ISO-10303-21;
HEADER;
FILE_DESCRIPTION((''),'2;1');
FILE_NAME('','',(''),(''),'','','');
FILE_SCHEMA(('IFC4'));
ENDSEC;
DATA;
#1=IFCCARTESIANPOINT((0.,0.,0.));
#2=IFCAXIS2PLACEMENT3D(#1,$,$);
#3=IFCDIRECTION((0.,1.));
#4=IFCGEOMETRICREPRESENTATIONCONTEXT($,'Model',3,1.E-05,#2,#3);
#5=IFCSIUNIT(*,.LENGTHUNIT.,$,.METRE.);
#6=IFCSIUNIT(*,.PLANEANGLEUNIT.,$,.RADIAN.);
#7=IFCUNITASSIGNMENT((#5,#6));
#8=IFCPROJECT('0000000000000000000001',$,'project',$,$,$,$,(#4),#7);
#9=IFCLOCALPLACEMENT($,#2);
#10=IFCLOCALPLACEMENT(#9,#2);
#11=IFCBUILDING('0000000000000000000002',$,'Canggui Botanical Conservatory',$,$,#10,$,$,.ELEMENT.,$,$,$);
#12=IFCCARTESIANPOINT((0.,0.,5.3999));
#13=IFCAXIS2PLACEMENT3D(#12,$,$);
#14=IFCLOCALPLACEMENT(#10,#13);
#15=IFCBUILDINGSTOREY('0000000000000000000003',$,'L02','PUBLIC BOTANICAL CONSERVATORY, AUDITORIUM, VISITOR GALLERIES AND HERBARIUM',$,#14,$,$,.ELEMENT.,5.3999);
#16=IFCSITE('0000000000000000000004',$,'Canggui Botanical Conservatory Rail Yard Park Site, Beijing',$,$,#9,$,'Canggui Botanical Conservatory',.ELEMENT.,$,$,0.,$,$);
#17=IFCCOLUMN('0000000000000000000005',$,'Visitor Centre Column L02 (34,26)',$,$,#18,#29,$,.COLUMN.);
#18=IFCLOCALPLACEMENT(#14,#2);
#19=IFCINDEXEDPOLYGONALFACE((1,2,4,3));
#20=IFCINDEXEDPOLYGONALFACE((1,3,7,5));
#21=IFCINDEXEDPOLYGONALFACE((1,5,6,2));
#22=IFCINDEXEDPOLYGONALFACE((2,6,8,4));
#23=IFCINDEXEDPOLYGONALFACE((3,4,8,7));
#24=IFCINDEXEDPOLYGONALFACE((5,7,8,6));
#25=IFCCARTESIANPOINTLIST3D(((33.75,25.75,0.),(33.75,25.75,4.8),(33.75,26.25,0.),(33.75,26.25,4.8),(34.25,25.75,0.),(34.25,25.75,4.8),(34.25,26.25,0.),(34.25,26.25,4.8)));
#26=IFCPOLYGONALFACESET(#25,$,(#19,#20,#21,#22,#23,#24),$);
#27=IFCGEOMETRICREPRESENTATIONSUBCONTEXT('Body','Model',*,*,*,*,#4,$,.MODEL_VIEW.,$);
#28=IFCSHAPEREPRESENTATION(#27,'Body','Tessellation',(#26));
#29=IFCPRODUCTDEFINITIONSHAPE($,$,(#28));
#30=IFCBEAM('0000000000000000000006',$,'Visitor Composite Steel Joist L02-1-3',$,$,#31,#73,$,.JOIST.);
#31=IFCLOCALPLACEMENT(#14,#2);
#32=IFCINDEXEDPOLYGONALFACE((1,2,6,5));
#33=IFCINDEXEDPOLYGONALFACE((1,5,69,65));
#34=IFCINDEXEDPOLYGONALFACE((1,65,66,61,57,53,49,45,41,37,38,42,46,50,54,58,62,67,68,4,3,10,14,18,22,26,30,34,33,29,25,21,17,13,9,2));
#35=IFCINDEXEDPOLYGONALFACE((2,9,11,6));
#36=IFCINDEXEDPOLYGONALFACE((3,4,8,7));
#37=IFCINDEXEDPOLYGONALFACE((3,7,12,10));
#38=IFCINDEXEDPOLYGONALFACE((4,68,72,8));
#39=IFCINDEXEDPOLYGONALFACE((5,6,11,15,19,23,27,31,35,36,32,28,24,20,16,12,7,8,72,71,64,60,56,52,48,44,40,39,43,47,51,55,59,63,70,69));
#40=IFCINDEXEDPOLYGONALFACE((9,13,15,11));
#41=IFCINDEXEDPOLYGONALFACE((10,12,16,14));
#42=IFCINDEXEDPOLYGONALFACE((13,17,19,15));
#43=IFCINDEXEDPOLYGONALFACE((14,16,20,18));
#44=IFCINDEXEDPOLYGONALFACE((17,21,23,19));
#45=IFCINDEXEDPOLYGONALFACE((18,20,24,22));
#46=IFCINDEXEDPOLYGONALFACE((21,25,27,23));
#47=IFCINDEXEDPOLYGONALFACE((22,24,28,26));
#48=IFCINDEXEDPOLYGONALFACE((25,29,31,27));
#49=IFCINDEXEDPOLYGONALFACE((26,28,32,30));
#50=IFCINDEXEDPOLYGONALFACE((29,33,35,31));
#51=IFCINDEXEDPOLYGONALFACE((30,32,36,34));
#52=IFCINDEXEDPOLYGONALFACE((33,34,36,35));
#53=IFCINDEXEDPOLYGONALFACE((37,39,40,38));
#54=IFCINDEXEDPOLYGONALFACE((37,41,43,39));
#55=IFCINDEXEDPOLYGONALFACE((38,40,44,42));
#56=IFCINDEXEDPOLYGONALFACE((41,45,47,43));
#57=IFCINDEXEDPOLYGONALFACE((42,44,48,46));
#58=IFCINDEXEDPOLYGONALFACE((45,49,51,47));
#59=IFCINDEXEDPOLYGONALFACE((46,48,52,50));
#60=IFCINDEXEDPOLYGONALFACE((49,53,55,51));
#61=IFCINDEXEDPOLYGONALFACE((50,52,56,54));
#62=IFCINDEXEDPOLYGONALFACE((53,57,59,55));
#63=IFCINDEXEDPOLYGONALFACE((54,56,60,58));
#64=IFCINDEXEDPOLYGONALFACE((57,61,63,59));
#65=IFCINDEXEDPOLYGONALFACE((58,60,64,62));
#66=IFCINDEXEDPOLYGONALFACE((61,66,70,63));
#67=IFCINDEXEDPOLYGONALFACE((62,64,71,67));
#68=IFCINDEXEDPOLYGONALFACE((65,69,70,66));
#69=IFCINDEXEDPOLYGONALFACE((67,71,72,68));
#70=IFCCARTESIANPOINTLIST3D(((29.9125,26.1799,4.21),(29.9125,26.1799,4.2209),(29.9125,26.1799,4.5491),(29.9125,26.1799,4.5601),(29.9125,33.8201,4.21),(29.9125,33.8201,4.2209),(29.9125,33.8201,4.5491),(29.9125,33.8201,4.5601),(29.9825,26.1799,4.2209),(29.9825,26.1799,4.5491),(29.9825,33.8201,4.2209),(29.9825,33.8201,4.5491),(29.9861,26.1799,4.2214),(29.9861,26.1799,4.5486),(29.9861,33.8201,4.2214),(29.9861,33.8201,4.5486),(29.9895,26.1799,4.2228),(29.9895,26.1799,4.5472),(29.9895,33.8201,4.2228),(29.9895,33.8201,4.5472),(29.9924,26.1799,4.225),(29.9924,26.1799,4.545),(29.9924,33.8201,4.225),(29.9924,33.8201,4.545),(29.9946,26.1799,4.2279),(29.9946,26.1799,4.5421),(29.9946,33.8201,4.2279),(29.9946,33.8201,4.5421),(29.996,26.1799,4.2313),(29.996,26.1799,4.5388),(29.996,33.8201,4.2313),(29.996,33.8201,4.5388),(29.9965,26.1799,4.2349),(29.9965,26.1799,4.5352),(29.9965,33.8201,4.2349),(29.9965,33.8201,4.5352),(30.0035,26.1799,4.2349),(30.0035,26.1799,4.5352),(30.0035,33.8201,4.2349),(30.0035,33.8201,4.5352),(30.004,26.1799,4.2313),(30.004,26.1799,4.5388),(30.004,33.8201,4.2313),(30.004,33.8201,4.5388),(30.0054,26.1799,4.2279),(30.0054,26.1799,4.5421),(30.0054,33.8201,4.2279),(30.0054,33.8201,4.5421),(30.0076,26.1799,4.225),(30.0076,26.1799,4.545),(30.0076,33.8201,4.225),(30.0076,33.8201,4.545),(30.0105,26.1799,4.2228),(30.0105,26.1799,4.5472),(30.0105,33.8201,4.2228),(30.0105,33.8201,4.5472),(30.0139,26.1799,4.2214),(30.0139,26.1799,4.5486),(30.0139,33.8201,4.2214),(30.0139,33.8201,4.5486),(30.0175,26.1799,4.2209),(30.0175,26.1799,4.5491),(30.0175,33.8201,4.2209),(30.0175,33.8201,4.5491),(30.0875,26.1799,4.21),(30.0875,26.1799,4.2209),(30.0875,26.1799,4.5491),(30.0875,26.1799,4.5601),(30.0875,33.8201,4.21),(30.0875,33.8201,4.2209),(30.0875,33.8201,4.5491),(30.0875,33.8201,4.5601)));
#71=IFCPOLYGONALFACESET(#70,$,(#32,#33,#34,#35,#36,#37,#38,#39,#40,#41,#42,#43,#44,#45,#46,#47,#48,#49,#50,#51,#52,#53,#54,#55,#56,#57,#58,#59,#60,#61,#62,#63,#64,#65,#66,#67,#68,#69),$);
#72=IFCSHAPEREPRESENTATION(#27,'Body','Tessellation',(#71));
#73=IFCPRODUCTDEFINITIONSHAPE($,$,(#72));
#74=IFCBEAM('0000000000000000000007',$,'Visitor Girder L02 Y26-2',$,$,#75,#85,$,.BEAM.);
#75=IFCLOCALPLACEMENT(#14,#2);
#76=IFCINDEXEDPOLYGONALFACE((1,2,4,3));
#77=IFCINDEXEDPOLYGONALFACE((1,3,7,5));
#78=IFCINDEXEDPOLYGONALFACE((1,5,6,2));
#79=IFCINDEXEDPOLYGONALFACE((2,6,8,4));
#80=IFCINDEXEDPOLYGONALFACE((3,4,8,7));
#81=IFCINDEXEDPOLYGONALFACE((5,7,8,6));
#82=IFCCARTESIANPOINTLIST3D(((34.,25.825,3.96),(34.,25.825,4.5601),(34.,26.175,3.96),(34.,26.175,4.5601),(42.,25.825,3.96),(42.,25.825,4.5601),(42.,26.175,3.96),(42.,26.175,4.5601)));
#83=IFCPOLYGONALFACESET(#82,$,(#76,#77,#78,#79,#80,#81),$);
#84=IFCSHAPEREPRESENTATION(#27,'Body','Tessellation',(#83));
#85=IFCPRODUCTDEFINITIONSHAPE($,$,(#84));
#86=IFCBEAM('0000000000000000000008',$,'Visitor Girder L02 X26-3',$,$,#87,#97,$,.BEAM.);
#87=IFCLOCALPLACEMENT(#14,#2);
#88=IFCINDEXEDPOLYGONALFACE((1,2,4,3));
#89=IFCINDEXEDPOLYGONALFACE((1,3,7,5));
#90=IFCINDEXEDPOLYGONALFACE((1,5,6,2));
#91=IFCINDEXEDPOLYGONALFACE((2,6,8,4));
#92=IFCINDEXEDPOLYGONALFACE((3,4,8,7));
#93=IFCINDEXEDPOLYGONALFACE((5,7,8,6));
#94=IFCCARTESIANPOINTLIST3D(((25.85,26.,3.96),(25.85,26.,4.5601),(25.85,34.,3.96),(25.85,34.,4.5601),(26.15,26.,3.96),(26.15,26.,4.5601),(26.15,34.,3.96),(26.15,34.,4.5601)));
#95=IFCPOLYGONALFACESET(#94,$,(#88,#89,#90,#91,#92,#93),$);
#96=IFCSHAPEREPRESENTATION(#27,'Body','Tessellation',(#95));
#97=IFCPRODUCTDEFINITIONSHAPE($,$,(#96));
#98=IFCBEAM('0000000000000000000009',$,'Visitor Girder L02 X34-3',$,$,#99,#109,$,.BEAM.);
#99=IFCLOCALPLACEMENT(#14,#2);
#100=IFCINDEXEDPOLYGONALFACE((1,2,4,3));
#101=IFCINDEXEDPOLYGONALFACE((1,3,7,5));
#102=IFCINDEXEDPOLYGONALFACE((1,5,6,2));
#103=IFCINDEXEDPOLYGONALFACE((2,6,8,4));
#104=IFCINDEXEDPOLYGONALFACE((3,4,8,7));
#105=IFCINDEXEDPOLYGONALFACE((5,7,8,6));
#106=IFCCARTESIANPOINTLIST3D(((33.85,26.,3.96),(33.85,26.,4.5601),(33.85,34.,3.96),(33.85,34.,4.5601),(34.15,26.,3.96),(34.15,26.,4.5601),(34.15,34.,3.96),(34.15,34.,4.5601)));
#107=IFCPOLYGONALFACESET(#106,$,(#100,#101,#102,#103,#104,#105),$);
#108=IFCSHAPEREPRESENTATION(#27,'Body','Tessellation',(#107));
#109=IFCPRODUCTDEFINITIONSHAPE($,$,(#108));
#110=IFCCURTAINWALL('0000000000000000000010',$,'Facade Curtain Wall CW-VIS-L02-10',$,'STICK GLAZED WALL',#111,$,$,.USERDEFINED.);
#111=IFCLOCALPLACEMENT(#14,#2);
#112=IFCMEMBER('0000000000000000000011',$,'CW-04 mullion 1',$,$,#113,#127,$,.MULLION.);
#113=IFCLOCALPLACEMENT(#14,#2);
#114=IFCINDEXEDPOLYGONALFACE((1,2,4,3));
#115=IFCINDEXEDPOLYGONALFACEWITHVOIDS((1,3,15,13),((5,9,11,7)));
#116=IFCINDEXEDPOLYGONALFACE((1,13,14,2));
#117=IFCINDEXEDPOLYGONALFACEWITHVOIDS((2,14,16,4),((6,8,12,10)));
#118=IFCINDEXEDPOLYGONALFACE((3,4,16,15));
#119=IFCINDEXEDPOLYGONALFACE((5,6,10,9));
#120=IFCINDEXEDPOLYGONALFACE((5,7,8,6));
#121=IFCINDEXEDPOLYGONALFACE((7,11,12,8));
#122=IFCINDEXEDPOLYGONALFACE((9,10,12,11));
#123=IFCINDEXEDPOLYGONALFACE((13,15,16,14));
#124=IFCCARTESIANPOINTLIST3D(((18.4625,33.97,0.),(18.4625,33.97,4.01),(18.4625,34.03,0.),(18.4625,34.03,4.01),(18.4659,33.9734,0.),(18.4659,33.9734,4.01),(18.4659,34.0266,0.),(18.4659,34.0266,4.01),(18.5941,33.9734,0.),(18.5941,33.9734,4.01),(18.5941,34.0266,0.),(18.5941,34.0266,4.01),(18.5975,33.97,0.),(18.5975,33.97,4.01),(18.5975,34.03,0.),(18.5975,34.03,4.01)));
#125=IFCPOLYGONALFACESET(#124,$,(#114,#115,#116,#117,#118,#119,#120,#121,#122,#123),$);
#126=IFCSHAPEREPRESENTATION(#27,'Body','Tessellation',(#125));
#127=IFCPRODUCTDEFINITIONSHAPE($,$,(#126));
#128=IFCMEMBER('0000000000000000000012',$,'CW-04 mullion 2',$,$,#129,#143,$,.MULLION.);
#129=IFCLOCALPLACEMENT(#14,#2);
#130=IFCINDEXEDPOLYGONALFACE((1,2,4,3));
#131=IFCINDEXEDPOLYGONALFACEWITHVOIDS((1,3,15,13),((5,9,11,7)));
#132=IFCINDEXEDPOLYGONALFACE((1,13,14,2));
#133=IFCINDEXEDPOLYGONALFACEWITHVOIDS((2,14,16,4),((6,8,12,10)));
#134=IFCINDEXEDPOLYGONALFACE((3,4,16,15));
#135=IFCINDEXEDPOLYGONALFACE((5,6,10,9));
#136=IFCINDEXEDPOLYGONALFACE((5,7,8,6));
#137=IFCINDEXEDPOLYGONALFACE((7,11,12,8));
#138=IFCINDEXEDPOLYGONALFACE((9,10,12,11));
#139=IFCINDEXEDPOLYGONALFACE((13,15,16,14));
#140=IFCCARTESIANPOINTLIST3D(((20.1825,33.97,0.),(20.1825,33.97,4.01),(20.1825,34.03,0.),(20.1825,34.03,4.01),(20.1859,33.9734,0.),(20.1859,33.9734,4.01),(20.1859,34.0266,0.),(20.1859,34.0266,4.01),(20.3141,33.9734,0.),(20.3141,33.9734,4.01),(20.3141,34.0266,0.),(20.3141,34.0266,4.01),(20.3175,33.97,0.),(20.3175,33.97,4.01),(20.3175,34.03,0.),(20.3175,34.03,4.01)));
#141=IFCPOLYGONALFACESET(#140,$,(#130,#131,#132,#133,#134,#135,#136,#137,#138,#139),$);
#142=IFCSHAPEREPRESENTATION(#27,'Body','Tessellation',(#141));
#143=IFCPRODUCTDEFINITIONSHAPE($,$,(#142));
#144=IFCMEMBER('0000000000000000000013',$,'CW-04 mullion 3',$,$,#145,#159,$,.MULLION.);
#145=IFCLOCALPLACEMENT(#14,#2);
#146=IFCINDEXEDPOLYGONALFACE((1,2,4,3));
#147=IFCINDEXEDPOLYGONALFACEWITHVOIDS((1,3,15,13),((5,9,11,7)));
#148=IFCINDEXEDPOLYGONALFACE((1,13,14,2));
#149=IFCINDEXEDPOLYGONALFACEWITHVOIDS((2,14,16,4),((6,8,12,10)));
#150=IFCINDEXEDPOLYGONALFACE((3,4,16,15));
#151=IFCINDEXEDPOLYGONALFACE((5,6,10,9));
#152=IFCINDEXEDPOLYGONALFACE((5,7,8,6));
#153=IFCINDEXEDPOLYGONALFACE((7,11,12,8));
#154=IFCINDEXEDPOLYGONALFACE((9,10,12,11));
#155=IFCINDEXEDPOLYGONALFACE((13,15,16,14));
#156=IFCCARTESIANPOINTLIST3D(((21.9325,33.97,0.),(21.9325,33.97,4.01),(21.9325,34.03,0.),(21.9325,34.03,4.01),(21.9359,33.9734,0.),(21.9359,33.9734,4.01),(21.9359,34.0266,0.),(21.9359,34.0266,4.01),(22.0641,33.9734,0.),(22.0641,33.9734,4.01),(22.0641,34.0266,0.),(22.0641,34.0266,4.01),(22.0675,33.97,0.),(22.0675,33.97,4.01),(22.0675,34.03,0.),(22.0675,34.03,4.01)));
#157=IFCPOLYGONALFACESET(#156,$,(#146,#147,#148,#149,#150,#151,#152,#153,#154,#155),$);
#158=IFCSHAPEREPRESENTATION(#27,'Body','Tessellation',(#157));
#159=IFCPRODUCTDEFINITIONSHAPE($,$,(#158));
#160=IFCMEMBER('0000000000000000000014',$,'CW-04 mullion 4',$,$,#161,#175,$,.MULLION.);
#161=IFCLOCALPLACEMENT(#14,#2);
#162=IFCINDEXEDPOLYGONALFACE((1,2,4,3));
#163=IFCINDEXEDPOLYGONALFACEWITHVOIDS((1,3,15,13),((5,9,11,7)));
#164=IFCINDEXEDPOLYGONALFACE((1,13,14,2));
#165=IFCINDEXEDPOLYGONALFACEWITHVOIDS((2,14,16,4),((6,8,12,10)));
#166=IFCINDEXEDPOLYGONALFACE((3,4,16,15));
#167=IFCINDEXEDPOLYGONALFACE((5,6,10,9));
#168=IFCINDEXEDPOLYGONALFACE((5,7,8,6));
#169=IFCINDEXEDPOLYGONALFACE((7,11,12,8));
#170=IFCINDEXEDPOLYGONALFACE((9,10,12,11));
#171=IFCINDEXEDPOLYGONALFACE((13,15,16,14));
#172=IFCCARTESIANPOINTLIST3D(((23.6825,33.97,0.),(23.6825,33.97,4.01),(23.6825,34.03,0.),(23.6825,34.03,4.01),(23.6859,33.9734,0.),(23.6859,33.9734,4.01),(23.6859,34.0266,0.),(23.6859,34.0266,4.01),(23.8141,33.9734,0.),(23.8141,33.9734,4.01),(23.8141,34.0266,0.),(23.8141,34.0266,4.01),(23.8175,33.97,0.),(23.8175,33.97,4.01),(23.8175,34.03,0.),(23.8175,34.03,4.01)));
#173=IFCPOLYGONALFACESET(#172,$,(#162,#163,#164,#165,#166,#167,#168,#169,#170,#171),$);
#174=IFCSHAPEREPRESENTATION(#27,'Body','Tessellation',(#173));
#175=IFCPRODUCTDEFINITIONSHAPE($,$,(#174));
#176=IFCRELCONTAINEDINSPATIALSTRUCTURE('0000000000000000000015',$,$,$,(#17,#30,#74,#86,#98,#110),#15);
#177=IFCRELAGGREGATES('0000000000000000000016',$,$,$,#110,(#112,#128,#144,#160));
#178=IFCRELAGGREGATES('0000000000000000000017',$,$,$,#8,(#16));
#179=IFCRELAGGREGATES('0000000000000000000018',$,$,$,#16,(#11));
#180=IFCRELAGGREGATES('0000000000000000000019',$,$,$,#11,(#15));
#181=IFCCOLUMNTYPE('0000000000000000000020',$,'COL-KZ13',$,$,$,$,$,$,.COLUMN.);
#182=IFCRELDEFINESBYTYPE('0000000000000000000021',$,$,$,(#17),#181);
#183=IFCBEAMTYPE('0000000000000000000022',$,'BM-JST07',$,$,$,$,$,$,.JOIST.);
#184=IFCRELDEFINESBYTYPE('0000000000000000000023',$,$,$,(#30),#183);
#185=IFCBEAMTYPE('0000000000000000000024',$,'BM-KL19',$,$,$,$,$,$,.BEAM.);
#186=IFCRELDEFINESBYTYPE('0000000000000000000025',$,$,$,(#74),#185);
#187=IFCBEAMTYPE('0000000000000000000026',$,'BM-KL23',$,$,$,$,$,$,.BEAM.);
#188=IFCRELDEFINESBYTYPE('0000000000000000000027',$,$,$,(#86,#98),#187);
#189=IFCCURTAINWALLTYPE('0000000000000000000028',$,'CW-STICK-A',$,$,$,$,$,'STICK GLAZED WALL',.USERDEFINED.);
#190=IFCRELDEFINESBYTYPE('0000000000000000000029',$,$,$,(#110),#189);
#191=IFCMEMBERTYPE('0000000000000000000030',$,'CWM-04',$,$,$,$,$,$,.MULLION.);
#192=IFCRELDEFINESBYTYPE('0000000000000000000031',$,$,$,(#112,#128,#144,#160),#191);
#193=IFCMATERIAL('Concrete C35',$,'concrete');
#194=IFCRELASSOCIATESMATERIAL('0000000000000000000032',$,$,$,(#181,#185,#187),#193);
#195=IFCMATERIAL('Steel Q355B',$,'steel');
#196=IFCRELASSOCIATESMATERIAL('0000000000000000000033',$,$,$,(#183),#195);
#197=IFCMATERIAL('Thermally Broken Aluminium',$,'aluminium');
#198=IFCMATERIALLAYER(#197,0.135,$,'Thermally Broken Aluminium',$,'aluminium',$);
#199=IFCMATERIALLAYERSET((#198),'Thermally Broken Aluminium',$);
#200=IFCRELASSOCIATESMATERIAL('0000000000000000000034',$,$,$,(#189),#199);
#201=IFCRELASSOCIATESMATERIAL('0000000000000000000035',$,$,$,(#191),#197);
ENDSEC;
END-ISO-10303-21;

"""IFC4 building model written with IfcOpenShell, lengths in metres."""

from ifc_helpers import new_model, si_unit, direction, frame, origin, origin_2d, place, context, subcontext, project, spatial, rectangle, hollow_rectangle, i_section, extrude, material, layer, layer_set, material_profile, profile_set, type_object, element, aggregate, save


model = new_model("IFC4")

# Units and contexts
model_context = context("Model", 3, precision=1e-05, world=origin(), true_north=direction((0.0, 1.0)))
body_context = subcontext(model_context, "Body", "Model", "MODEL_VIEW")
ifc_project = project(units=[si_unit("LENGTHUNIT", "METRE"), si_unit("PLANEANGLEUNIT", "RADIAN")], contexts=[model_context])

# Site, building, storey
site_placement = place(None, origin())
site = spatial("IfcSite", under=ifc_project, at=site_placement, Name="Canggui Botanical Conservatory Rail Yard Park Site, Beijing", LongName="Canggui Botanical Conservatory", CompositionType="ELEMENT", RefElevation=0.0)
building_placement = place(site_placement, origin())
building = spatial("IfcBuilding", under=site, at=building_placement, Name="Canggui Botanical Conservatory", CompositionType="ELEMENT")
storey_placement = place(building_placement, frame((0.0, 0.0, 5.3999)))
storey = spatial("IfcBuildingStorey", under=building, at=storey_placement, Name="L02", Description="PUBLIC BOTANICAL CONSERVATORY, AUDITORIUM, VISITOR GALLERIES AND HERBARIUM", CompositionType="ELEMENT", Elevation=5.3999)

# Column
ifc_material_1 = material(Name="Concrete C35", Category="concrete")
ifc_material_profile_1 = material_profile(ifc_material_1, rectangle(XDim=0.5, YDim=0.5, at=origin_2d()), Name="RC 500x500")
ifc_profile_set_1 = profile_set([ifc_material_profile_1], Name="Concrete C35")
column_type = type_object("IfcColumnType", Name="COL-KZ13", PredefinedType="COLUMN", material=ifc_profile_set_1)
column_placement = place(storey_placement, frame((34.0, 26.0, 0.0), z_axis=(0.0, 0.0, 1.0), x_axis=(1.0, 0.0, 0.0)))
element("IfcColumn", 1, at=column_placement, inside=storey, type_object=column_type, Name="Visitor Centre Column L02 (34,26)", PredefinedType="COLUMN", context=body_context, shape_type="SweptSolid", body=[
    extrude(rectangle(XDim=0.5, YDim=0.5, at=origin_2d()), origin(), (0.0, 0.0, 1.0), 4.8),
])

# Beams
ifc_material_2 = material(Name="Steel Q355B", Category="steel")
ifc_material_profile_2 = material_profile(ifc_material_2, i_section(OverallWidth=0.175, OverallDepth=0.3501, WebThickness=0.0071, FlangeThickness=0.011, FilletRadius=0.0139, at=origin_2d()), Name="HN 350x175x7x11")
ifc_profile_set_2 = profile_set([ifc_material_profile_2], Name="Steel Q355B")
beam_type_1 = type_object("IfcBeamType", Name="BM-JST07", PredefinedType="JOIST", material=ifc_profile_set_2)
beam_1_placement = place(storey_placement, frame((30.0, 26.1799, 4.385), z_axis=(0.0, 1.0, 0.0), x_axis=(-1.0, 0.0, 0.0)))
element("IfcBeam", 2, at=beam_1_placement, inside=storey, type_object=beam_type_1, Name="Visitor Composite Steel Joist L02-1-3", PredefinedType="JOIST", context=body_context, shape_type="SweptSolid", body=[
    extrude(i_section(OverallWidth=0.175, OverallDepth=0.3501, WebThickness=0.0071, FlangeThickness=0.011, FilletRadius=0.0139, at=origin_2d()), origin(), (0.0, 0.0, 1.0), 7.6401),
])
ifc_material_profile_3 = material_profile(ifc_material_1, rectangle(XDim=0.3501, YDim=0.6001, at=origin_2d()), Name="RB 350x600")
ifc_profile_set_3 = profile_set([ifc_material_profile_3], Name="Concrete C35")
beam_type_2 = type_object("IfcBeamType", Name="BM-KL19", PredefinedType="BEAM", material=ifc_profile_set_3)
beam_2_placement = place(storey_placement, frame((34.0, 26.0, 4.26), z_axis=(1.0, 0.0, 0.0), x_axis=(0.0, 1.0, 0.0)))
element("IfcBeam", 3, at=beam_2_placement, inside=storey, type_object=beam_type_2, Name="Visitor Girder L02 Y26-2", PredefinedType="BEAM", context=body_context, shape_type="SweptSolid", body=[
    extrude(rectangle(XDim=0.3501, YDim=0.6001, at=origin_2d()), origin(), (0.0, 0.0, 1.0), 8.0),
])
ifc_material_profile_4 = material_profile(ifc_material_1, rectangle(XDim=0.3, YDim=0.6001, at=origin_2d()), Name="RB 300x600")
ifc_profile_set_4 = profile_set([ifc_material_profile_4], Name="Concrete C35")
beam_type_3 = type_object("IfcBeamType", Name="BM-KL23", PredefinedType="BEAM", material=ifc_profile_set_4)
for number, where, z_axis, x_axis, name in (
    (4, (26.0, 26.0, 4.26), (0.0, 1.0, 0.0), (-1.0, 0.0, 0.0), "Visitor Girder L02 X26-3"),
    (5, (34.0, 26.0, 4.26), (0.0, 1.0, 0.0), (-1.0, 0.0, 0.0), "Visitor Girder L02 X34-3"),
):
    element("IfcBeam", number, at=place(storey_placement, frame(where, z_axis=z_axis, x_axis=x_axis)), inside=storey, type_object=beam_type_3, Name=name, PredefinedType="BEAM", context=body_context, shape_type="SweptSolid", body=[
        extrude(rectangle(XDim=0.3, YDim=0.6001, at=origin_2d()), origin(), (0.0, 0.0, 1.0), 8.0),
    ])

# Curtain wall, members
ifc_material_3 = material(Name="Thermally Broken Aluminium", Category="aluminium")
ifc_layer_1 = layer(ifc_material_3, 0.135, Name="Thermally Broken Aluminium", Category="aluminium")
ifc_layer_set_1 = layer_set([ifc_layer_1], Name="Thermally Broken Aluminium")
curtain_wall_type = type_object("IfcCurtainWallType", Name="CW-STICK-A", ElementType="STICK GLAZED WALL", PredefinedType="USERDEFINED", material=ifc_layer_set_1)
curtain_wall_placement = place(storey_placement, origin())
curtain_wall = element("IfcCurtainWall", 6, at=curtain_wall_placement, inside=storey, type_object=curtain_wall_type, Name="Facade Curtain Wall CW-VIS-L02-10", ObjectType="STICK GLAZED WALL", PredefinedType="USERDEFINED")
ifc_material_profile_5 = material_profile(ifc_material_3, hollow_rectangle(XDim=0.0601, YDim=0.135, WallThickness=0.0034, at=origin_2d()), Name="CWM 60x135x3.5")
ifc_profile_set_5 = profile_set([ifc_material_profile_5], Name="Thermally Broken Aluminium")
member_type_1 = type_object("IfcMemberType", Name="CWM-04", PredefinedType="MULLION", material=ifc_profile_set_5)
member_1_placement = place(storey_placement, frame((18.53, 34.0, 0.0), z_axis=(0.0, 0.0, 1.0), x_axis=(0.0, 1.0, 0.0)))
member_1 = element("IfcMember", 7, at=member_1_placement, type_object=member_type_1, Name="CW-04 mullion 1", PredefinedType="MULLION", context=body_context, shape_type="SweptSolid", body=[
    extrude(hollow_rectangle(XDim=0.0601, YDim=0.135, WallThickness=0.0034, at=origin_2d()), origin(), (0.0, 0.0, 1.0), 4.01),
])
member_2_placement = place(storey_placement, frame((20.25, 34.0, 0.0), z_axis=(0.0, 0.0, 1.0), x_axis=(0.0, 1.0, 0.0)))
member_2 = element("IfcMember", 8, at=member_2_placement, type_object=member_type_1, Name="CW-04 mullion 2", PredefinedType="MULLION", context=body_context, shape_type="SweptSolid", body=[
    extrude(hollow_rectangle(XDim=0.0601, YDim=0.135, WallThickness=0.0034, at=origin_2d()), origin(), (0.0, 0.0, 1.0), 4.01),
])
member_3_placement = place(storey_placement, frame((22.0, 34.0, 0.0), z_axis=(0.0, 0.0, 1.0), x_axis=(0.0, 1.0, 0.0)))
member_3 = element("IfcMember", 9, at=member_3_placement, type_object=member_type_1, Name="CW-04 mullion 3", PredefinedType="MULLION", context=body_context, shape_type="SweptSolid", body=[
    extrude(hollow_rectangle(XDim=0.0601, YDim=0.135, WallThickness=0.0034, at=origin_2d()), origin(), (0.0, 0.0, 1.0), 4.01),
])
member_4_placement = place(storey_placement, frame((23.75, 34.0, 0.0), z_axis=(0.0, 0.0, 1.0), x_axis=(0.0, 1.0, 0.0)))
member_4 = element("IfcMember", 10, at=member_4_placement, type_object=member_type_1, Name="CW-04 mullion 4", PredefinedType="MULLION", context=body_context, shape_type="SweptSolid", body=[
    extrude(hollow_rectangle(XDim=0.0601, YDim=0.135, WallThickness=0.0034, at=origin_2d()), origin(), (0.0, 0.0, 1.0), 4.01),
])
aggregate(curtain_wall, [member_1, member_2, member_3, member_4])

save(model, "model.ifc")
